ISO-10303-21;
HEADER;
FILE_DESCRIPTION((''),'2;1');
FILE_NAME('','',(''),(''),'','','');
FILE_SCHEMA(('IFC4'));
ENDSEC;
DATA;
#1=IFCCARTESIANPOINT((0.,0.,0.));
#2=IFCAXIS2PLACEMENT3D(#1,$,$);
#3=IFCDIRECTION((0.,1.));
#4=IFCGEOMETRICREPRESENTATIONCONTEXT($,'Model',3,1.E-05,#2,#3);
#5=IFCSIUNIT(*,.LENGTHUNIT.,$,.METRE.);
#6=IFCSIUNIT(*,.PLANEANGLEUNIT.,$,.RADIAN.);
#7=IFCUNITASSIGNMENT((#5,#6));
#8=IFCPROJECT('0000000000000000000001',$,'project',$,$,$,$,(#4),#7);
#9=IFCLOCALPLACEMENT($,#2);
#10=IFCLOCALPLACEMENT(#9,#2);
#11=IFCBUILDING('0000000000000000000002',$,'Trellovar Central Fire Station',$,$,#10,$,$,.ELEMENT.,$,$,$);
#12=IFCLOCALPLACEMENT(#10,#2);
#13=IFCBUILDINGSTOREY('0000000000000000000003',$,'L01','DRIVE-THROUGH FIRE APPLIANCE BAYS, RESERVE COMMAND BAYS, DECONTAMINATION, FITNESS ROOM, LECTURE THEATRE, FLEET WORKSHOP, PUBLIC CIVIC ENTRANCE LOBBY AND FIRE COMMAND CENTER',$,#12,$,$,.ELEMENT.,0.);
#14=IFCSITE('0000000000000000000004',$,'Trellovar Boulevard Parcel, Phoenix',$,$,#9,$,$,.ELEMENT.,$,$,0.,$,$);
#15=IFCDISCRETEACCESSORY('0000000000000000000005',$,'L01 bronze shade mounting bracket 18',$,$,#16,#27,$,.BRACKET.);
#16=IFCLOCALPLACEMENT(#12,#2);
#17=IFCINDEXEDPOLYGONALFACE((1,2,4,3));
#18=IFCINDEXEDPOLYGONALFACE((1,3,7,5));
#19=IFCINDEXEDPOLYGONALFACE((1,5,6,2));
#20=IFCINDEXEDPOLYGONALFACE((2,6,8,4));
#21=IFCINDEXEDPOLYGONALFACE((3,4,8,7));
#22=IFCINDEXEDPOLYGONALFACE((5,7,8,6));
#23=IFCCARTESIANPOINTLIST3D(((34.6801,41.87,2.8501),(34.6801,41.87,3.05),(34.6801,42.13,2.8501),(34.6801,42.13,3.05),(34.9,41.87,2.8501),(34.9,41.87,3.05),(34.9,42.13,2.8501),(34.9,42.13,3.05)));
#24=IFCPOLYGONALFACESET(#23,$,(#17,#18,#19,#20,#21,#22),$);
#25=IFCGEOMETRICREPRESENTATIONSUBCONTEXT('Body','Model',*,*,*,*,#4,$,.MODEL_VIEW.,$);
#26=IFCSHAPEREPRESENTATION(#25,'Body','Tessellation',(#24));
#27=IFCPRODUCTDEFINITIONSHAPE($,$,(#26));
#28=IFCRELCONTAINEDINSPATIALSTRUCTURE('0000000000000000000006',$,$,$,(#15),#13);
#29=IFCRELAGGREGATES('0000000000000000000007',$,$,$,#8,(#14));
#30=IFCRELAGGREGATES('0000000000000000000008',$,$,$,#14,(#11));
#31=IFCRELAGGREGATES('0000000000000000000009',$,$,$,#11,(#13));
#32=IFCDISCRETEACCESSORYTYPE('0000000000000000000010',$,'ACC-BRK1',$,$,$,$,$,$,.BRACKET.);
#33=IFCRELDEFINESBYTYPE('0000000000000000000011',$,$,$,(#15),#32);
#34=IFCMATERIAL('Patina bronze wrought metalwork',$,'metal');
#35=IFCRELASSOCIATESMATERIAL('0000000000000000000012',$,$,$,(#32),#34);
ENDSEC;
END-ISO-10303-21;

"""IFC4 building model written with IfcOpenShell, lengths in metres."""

from ifc_helpers import new_model, si_unit, direction, frame, origin, origin_2d, place, context, subcontext, project, spatial, rectangle, extrude, material, type_object, element, save


model = new_model("IFC4")

# Units and contexts
model_context = context("Model", 3, precision=1e-05, world=origin(), true_north=direction((0.0, 1.0)))
body_context = subcontext(model_context, "Body", "Model", "MODEL_VIEW")
ifc_project = project(units=[si_unit("LENGTHUNIT", "METRE"), si_unit("PLANEANGLEUNIT", "RADIAN")], contexts=[model_context])

# Site, building, storey
site_placement = place(None, origin())
site = spatial("IfcSite", under=ifc_project, at=site_placement, Name="Trellovar Boulevard Parcel, Phoenix", CompositionType="ELEMENT", RefElevation=0.0)
building_placement = place(site_placement, origin())
building = spatial("IfcBuilding", under=site, at=building_placement, Name="Trellovar Central Fire Station", CompositionType="ELEMENT")
storey_placement = place(building_placement, origin())
storey = spatial("IfcBuildingStorey", under=building, at=storey_placement, Name="L01", Description="DRIVE-THROUGH FIRE APPLIANCE BAYS, RESERVE COMMAND BAYS, DECONTAMINATION, FITNESS ROOM, LECTURE THEATRE, FLEET WORKSHOP, PUBLIC CIVIC ENTRANCE LOBBY AND FIRE COMMAND CENTER", CompositionType="ELEMENT", Elevation=0.0)

# Discrete accessory
ifc_material_1 = material(Name="Patina bronze wrought metalwork", Category="metal")
discrete_accessory_type = type_object("IfcDiscreteAccessoryType", Name="ACC-BRK1", PredefinedType="BRACKET", material=ifc_material_1)
discrete_accessory_placement = place(storey_placement, frame((34.79, 42.0, 2.8501), z_axis=(0.0, 0.0, 1.0), x_axis=(0.0, 1.0, 0.0)))
element("IfcDiscreteAccessory", 1, at=discrete_accessory_placement, inside=storey, type_object=discrete_accessory_type, Name="L01 bronze shade mounting bracket 18", PredefinedType="BRACKET", context=body_context, shape_type="SweptSolid", body=[
    extrude(rectangle(XDim=0.26, YDim=0.22, at=origin_2d()), origin(), (0.0, 0.0, 1.0), 0.2),
])

save(model, "model.ifc")
